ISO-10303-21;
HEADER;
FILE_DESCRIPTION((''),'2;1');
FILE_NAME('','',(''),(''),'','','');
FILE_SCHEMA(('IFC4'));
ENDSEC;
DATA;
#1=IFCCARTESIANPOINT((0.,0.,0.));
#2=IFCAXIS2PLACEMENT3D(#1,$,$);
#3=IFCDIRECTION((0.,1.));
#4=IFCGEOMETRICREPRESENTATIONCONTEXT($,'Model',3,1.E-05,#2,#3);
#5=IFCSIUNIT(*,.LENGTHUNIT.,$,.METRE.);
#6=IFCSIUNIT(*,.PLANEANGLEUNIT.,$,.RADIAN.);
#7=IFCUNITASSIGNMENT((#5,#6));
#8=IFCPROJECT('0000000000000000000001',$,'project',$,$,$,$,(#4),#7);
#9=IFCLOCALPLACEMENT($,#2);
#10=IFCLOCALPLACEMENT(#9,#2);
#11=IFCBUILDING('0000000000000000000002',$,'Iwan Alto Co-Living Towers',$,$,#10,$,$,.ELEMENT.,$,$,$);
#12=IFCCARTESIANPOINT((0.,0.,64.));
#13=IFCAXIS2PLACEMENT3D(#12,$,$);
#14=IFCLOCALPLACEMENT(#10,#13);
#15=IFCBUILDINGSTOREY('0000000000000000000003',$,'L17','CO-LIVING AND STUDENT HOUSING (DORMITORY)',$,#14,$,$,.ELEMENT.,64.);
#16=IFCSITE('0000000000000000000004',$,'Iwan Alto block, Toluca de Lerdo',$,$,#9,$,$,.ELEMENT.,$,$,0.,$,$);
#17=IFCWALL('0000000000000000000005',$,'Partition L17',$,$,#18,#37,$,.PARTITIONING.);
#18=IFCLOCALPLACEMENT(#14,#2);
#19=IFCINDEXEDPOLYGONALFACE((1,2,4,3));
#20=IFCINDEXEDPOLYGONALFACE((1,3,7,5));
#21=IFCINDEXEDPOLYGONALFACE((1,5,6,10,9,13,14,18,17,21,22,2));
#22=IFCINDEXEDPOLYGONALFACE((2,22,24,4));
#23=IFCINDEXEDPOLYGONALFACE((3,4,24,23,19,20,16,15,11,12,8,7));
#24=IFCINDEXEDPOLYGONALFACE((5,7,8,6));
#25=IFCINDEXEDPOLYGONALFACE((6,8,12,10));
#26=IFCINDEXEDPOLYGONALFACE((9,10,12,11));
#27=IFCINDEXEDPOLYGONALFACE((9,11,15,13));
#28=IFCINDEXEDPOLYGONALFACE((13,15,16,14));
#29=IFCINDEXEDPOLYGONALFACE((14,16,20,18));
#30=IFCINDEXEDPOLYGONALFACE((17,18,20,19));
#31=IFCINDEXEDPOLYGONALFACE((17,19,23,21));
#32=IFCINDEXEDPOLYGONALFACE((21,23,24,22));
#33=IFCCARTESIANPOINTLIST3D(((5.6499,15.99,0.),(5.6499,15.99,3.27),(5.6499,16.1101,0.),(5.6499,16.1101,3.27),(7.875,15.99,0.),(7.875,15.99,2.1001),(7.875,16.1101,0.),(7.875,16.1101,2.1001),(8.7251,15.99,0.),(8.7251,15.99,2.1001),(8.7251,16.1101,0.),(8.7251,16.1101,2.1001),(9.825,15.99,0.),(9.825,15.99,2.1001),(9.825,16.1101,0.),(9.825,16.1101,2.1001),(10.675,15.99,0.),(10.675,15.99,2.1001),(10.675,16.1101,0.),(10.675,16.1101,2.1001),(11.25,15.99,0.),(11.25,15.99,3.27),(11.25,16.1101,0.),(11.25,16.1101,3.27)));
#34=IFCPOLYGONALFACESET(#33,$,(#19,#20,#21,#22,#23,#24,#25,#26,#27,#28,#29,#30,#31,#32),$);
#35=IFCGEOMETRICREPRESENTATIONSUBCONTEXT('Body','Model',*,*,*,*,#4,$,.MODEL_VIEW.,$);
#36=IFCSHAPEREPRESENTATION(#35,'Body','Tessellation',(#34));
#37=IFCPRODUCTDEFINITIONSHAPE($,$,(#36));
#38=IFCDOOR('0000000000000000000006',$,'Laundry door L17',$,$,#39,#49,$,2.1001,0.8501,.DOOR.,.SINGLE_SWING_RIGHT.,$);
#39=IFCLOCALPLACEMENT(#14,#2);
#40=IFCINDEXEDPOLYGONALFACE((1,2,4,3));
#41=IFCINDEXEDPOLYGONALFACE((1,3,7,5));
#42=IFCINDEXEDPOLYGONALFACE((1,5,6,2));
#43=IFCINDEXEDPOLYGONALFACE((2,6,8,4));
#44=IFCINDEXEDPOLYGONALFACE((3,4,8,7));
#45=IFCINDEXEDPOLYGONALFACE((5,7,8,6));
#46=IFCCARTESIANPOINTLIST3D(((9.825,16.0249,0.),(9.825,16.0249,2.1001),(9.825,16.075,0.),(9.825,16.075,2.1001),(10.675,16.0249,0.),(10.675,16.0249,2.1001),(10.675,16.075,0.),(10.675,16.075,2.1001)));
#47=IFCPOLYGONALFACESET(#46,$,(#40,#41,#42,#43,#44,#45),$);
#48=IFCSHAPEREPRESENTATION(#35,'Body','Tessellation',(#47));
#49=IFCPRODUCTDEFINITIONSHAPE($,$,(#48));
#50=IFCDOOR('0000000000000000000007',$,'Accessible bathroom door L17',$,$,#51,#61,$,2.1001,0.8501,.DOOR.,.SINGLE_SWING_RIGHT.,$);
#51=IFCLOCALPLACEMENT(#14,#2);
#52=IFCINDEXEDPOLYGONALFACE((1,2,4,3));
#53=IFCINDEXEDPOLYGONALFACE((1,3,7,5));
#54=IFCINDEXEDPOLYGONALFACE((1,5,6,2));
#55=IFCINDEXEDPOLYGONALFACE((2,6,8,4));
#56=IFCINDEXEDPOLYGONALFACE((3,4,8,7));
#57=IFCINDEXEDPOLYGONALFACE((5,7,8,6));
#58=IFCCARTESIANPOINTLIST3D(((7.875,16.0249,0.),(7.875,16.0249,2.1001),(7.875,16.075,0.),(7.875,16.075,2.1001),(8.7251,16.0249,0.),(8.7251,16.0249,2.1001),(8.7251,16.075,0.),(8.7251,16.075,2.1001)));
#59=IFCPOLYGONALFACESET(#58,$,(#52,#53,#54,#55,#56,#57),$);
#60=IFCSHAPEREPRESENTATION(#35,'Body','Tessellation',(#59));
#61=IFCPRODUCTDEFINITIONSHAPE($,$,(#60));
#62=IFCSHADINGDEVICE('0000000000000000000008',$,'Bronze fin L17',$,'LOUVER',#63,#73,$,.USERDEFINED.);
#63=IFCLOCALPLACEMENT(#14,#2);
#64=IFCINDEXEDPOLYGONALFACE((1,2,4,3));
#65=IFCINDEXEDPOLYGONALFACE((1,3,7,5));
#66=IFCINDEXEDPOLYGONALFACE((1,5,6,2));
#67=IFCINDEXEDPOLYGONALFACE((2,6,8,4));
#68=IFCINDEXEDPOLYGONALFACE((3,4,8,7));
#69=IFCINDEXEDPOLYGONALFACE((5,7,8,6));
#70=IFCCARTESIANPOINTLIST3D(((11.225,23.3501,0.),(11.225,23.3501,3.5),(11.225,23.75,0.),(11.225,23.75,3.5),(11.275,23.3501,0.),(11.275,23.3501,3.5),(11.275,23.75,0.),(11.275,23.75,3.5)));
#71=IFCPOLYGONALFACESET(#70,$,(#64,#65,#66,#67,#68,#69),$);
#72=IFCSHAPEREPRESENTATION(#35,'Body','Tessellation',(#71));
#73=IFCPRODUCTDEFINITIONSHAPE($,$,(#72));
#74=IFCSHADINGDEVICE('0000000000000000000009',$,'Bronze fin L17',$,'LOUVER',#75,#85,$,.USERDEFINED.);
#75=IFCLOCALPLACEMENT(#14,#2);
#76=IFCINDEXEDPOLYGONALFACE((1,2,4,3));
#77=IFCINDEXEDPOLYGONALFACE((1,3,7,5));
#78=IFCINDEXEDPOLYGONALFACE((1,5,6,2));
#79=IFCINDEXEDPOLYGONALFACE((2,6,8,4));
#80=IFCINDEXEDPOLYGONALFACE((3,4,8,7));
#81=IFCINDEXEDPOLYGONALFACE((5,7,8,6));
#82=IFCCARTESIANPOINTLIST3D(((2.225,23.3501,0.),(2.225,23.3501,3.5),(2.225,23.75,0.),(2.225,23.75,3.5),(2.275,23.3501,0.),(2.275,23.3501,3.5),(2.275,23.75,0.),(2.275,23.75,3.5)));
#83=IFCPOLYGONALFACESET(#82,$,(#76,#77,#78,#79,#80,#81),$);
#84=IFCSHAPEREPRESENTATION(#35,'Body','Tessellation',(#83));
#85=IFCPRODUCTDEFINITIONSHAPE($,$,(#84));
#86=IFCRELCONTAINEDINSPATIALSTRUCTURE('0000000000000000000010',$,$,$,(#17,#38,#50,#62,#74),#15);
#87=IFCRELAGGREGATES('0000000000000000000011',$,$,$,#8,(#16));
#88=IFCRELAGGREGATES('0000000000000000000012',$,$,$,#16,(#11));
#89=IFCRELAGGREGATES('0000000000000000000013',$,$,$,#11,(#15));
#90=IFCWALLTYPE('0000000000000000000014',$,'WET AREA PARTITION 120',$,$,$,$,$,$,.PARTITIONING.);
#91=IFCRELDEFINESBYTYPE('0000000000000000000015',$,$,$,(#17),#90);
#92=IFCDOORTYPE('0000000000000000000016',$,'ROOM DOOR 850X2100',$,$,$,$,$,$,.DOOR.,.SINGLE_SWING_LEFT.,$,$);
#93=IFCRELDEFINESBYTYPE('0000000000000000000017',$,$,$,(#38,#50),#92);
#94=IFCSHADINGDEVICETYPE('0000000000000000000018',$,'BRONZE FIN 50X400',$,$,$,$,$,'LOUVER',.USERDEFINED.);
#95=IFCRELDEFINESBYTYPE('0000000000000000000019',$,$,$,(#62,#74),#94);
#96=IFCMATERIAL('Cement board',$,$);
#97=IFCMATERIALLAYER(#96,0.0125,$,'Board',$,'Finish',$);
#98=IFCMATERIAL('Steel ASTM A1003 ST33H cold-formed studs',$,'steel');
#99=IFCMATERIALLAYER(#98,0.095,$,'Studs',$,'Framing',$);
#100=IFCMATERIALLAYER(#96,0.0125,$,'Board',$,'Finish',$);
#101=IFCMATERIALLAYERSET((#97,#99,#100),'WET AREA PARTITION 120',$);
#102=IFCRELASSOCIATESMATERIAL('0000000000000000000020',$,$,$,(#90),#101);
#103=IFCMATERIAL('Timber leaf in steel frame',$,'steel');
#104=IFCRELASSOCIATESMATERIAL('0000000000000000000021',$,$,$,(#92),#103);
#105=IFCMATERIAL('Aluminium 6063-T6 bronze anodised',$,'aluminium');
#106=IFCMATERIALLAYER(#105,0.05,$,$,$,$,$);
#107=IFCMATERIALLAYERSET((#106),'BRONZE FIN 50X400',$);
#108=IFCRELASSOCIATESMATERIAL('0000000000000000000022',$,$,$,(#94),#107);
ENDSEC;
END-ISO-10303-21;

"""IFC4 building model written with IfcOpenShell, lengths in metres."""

from ifc_helpers import new_model, si_unit, direction, frame, frame_2d, origin, origin_2d, place, context, subcontext, project, spatial, rectangle, extrude, material, layer, layer_set, type_object, element, fill, save


model = new_model("IFC4")

# Units and contexts
model_context = context("Model", 3, precision=1e-05, world=origin(), true_north=direction((0.0, 1.0)))
body_context = subcontext(model_context, "Body", "Model", "MODEL_VIEW")
ifc_project = project(units=[si_unit("LENGTHUNIT", "METRE"), si_unit("PLANEANGLEUNIT", "RADIAN")], contexts=[model_context])

# Site, building, storey
site_placement = place(None, origin())
site = spatial("IfcSite", under=ifc_project, at=site_placement, Name="Iwan Alto block, Toluca de Lerdo", CompositionType="ELEMENT", RefElevation=0.0)
building_placement = place(site_placement, origin())
building = spatial("IfcBuilding", under=site, at=building_placement, Name="Iwan Alto Co-Living Towers", CompositionType="ELEMENT")
storey_placement = place(building_placement, frame((0.0, 0.0, 64.0)))
storey = spatial("IfcBuildingStorey", under=building, at=storey_placement, Name="L17", Description="CO-LIVING AND STUDENT HOUSING (DORMITORY)", CompositionType="ELEMENT", Elevation=64.0)

# Shared definitions
ifc_material_1 = material(Name="Steel ASTM A1003 ST33H cold-formed studs", Category="steel")

# Wall, openings, doors
ifc_material_2 = material(Name="Cement board")
ifc_layer_1 = layer(ifc_material_2, 0.0125, Name="Board", Category="Finish")
ifc_layer_2 = layer(ifc_material_1, 0.095, Name="Studs", Category="Framing")
ifc_layer_3 = layer(ifc_material_2, 0.0125, Name="Board", Category="Finish")
ifc_layer_set_1 = layer_set([ifc_layer_1, ifc_layer_2, ifc_layer_3], Name="WET AREA PARTITION 120")
wall_type_1 = type_object("IfcWallType", Name="WET AREA PARTITION 120", PredefinedType="PARTITIONING", material=ifc_layer_set_1)
wall_placement = place(storey_placement, frame((5.6499, 16.05, 0.0), z_axis=(0.0, 0.0, 1.0), x_axis=(1.0, 0.0, 0.0)))
wall = element("IfcWall", 1, at=wall_placement, inside=storey, type_object=wall_type_1, Name="Partition L17", PredefinedType="PARTITIONING", context=body_context, shape_type="SweptSolid", body=[
    extrude(rectangle(XDim=5.6001, YDim=0.1201, at=frame_2d((2.8, 0.0))), origin(), (0.0, 0.0, 1.0), 3.27),
])
opening_1_placement = place(wall_placement, frame((4.175, 0.0, 0.0)))
opening_1 = element("IfcOpeningElement", 2, at=opening_1_placement, cuts=wall, PredefinedType="OPENING", context=body_context, shape_type="SweptSolid", body=[
    extrude(rectangle(XDim=0.8501, YDim=2.1001, at=frame_2d((0.425, 1.05))), frame((0.0, 0.0701, 0.0), z_axis=(0.0, -1.0, 0.0), x_axis=(1.0, 0.0, 0.0)), (0.0, 0.0, 1.0), 0.1401),
])
opening_2_placement = place(wall_placement, frame((2.2251, 0.0, 0.0)))
opening_2 = element("IfcOpeningElement", 3, at=opening_2_placement, cuts=wall, PredefinedType="OPENING", context=body_context, shape_type="SweptSolid", body=[
    extrude(rectangle(XDim=0.8501, YDim=2.1001, at=frame_2d((0.425, 1.05))), frame((0.0, 0.0701, 0.0), z_axis=(0.0, -1.0, 0.0), x_axis=(1.0, 0.0, 0.0)), (0.0, 0.0, 1.0), 0.1401),
])
ifc_material_3 = material(Name="Timber leaf in steel frame", Category="steel")
door_type = type_object("IfcDoorType", Name="ROOM DOOR 850X2100", OperationType="SINGLE_SWING_LEFT", PredefinedType="DOOR", material=ifc_material_3)
door_1_placement = place(opening_1_placement, origin())
door_1 = element("IfcDoor", 4, at=door_1_placement, inside=storey, type_object=door_type, Name="Laundry door L17", OperationType="SINGLE_SWING_RIGHT", OverallHeight=2.1001, OverallWidth=0.8501, PredefinedType="DOOR", context=body_context, shape_type="SweptSolid", body=[
    extrude(rectangle(XDim=0.8501, YDim=2.1001, at=frame_2d((0.425, 1.05))), frame((0.0, 0.0249, 0.0), z_axis=(0.0, -1.0, 0.0), x_axis=(1.0, 0.0, 0.0)), (0.0, 0.0, 1.0), 0.05),
])
fill(opening_1, door_1)
door_2_placement = place(opening_2_placement, origin())
door_2 = element("IfcDoor", 5, at=door_2_placement, inside=storey, type_object=door_type, Name="Accessible bathroom door L17", OperationType="SINGLE_SWING_RIGHT", OverallHeight=2.1001, OverallWidth=0.8501, PredefinedType="DOOR", context=body_context, shape_type="SweptSolid", body=[
    extrude(rectangle(XDim=0.8501, YDim=2.1001, at=frame_2d((0.425, 1.05))), frame((0.0, 0.0249, 0.0), z_axis=(0.0, -1.0, 0.0), x_axis=(1.0, 0.0, 0.0)), (0.0, 0.0, 1.0), 0.05),
])
fill(opening_2, door_2)

# Shading devices
ifc_material_4 = material(Name="Aluminium 6063-T6 bronze anodised", Category="aluminium")
ifc_layer_4 = layer(ifc_material_4, 0.05)
ifc_layer_set_2 = layer_set([ifc_layer_4], Name="BRONZE FIN 50X400")
shading_device_type = type_object("IfcShadingDeviceType", Name="BRONZE FIN 50X400", ElementType="LOUVER", PredefinedType="USERDEFINED", material=ifc_layer_set_2)
for number, where, z_axis, x_axis, name in (
    (6, (11.25, 23.55, 0.0), (0.0, 0.0, 1.0), (-1.0, 0.0, 0.0), "Bronze fin L17"),
    (7, (2.25, 23.55, 0.0), (0.0, 0.0, 1.0), (-1.0, 0.0, 0.0), "Bronze fin L17"),
):
    element("IfcShadingDevice", number, at=place(storey_placement, frame(where, z_axis=z_axis, x_axis=x_axis)), inside=storey, type_object=shading_device_type, Name=name, ObjectType="LOUVER", PredefinedType="USERDEFINED", context=body_context, shape_type="SweptSolid", body=[
        extrude(rectangle(XDim=0.05, YDim=0.3999, at=origin_2d()), origin(), (0.0, 0.0, 1.0), 3.5),
    ])

save(model, "model.ifc")
